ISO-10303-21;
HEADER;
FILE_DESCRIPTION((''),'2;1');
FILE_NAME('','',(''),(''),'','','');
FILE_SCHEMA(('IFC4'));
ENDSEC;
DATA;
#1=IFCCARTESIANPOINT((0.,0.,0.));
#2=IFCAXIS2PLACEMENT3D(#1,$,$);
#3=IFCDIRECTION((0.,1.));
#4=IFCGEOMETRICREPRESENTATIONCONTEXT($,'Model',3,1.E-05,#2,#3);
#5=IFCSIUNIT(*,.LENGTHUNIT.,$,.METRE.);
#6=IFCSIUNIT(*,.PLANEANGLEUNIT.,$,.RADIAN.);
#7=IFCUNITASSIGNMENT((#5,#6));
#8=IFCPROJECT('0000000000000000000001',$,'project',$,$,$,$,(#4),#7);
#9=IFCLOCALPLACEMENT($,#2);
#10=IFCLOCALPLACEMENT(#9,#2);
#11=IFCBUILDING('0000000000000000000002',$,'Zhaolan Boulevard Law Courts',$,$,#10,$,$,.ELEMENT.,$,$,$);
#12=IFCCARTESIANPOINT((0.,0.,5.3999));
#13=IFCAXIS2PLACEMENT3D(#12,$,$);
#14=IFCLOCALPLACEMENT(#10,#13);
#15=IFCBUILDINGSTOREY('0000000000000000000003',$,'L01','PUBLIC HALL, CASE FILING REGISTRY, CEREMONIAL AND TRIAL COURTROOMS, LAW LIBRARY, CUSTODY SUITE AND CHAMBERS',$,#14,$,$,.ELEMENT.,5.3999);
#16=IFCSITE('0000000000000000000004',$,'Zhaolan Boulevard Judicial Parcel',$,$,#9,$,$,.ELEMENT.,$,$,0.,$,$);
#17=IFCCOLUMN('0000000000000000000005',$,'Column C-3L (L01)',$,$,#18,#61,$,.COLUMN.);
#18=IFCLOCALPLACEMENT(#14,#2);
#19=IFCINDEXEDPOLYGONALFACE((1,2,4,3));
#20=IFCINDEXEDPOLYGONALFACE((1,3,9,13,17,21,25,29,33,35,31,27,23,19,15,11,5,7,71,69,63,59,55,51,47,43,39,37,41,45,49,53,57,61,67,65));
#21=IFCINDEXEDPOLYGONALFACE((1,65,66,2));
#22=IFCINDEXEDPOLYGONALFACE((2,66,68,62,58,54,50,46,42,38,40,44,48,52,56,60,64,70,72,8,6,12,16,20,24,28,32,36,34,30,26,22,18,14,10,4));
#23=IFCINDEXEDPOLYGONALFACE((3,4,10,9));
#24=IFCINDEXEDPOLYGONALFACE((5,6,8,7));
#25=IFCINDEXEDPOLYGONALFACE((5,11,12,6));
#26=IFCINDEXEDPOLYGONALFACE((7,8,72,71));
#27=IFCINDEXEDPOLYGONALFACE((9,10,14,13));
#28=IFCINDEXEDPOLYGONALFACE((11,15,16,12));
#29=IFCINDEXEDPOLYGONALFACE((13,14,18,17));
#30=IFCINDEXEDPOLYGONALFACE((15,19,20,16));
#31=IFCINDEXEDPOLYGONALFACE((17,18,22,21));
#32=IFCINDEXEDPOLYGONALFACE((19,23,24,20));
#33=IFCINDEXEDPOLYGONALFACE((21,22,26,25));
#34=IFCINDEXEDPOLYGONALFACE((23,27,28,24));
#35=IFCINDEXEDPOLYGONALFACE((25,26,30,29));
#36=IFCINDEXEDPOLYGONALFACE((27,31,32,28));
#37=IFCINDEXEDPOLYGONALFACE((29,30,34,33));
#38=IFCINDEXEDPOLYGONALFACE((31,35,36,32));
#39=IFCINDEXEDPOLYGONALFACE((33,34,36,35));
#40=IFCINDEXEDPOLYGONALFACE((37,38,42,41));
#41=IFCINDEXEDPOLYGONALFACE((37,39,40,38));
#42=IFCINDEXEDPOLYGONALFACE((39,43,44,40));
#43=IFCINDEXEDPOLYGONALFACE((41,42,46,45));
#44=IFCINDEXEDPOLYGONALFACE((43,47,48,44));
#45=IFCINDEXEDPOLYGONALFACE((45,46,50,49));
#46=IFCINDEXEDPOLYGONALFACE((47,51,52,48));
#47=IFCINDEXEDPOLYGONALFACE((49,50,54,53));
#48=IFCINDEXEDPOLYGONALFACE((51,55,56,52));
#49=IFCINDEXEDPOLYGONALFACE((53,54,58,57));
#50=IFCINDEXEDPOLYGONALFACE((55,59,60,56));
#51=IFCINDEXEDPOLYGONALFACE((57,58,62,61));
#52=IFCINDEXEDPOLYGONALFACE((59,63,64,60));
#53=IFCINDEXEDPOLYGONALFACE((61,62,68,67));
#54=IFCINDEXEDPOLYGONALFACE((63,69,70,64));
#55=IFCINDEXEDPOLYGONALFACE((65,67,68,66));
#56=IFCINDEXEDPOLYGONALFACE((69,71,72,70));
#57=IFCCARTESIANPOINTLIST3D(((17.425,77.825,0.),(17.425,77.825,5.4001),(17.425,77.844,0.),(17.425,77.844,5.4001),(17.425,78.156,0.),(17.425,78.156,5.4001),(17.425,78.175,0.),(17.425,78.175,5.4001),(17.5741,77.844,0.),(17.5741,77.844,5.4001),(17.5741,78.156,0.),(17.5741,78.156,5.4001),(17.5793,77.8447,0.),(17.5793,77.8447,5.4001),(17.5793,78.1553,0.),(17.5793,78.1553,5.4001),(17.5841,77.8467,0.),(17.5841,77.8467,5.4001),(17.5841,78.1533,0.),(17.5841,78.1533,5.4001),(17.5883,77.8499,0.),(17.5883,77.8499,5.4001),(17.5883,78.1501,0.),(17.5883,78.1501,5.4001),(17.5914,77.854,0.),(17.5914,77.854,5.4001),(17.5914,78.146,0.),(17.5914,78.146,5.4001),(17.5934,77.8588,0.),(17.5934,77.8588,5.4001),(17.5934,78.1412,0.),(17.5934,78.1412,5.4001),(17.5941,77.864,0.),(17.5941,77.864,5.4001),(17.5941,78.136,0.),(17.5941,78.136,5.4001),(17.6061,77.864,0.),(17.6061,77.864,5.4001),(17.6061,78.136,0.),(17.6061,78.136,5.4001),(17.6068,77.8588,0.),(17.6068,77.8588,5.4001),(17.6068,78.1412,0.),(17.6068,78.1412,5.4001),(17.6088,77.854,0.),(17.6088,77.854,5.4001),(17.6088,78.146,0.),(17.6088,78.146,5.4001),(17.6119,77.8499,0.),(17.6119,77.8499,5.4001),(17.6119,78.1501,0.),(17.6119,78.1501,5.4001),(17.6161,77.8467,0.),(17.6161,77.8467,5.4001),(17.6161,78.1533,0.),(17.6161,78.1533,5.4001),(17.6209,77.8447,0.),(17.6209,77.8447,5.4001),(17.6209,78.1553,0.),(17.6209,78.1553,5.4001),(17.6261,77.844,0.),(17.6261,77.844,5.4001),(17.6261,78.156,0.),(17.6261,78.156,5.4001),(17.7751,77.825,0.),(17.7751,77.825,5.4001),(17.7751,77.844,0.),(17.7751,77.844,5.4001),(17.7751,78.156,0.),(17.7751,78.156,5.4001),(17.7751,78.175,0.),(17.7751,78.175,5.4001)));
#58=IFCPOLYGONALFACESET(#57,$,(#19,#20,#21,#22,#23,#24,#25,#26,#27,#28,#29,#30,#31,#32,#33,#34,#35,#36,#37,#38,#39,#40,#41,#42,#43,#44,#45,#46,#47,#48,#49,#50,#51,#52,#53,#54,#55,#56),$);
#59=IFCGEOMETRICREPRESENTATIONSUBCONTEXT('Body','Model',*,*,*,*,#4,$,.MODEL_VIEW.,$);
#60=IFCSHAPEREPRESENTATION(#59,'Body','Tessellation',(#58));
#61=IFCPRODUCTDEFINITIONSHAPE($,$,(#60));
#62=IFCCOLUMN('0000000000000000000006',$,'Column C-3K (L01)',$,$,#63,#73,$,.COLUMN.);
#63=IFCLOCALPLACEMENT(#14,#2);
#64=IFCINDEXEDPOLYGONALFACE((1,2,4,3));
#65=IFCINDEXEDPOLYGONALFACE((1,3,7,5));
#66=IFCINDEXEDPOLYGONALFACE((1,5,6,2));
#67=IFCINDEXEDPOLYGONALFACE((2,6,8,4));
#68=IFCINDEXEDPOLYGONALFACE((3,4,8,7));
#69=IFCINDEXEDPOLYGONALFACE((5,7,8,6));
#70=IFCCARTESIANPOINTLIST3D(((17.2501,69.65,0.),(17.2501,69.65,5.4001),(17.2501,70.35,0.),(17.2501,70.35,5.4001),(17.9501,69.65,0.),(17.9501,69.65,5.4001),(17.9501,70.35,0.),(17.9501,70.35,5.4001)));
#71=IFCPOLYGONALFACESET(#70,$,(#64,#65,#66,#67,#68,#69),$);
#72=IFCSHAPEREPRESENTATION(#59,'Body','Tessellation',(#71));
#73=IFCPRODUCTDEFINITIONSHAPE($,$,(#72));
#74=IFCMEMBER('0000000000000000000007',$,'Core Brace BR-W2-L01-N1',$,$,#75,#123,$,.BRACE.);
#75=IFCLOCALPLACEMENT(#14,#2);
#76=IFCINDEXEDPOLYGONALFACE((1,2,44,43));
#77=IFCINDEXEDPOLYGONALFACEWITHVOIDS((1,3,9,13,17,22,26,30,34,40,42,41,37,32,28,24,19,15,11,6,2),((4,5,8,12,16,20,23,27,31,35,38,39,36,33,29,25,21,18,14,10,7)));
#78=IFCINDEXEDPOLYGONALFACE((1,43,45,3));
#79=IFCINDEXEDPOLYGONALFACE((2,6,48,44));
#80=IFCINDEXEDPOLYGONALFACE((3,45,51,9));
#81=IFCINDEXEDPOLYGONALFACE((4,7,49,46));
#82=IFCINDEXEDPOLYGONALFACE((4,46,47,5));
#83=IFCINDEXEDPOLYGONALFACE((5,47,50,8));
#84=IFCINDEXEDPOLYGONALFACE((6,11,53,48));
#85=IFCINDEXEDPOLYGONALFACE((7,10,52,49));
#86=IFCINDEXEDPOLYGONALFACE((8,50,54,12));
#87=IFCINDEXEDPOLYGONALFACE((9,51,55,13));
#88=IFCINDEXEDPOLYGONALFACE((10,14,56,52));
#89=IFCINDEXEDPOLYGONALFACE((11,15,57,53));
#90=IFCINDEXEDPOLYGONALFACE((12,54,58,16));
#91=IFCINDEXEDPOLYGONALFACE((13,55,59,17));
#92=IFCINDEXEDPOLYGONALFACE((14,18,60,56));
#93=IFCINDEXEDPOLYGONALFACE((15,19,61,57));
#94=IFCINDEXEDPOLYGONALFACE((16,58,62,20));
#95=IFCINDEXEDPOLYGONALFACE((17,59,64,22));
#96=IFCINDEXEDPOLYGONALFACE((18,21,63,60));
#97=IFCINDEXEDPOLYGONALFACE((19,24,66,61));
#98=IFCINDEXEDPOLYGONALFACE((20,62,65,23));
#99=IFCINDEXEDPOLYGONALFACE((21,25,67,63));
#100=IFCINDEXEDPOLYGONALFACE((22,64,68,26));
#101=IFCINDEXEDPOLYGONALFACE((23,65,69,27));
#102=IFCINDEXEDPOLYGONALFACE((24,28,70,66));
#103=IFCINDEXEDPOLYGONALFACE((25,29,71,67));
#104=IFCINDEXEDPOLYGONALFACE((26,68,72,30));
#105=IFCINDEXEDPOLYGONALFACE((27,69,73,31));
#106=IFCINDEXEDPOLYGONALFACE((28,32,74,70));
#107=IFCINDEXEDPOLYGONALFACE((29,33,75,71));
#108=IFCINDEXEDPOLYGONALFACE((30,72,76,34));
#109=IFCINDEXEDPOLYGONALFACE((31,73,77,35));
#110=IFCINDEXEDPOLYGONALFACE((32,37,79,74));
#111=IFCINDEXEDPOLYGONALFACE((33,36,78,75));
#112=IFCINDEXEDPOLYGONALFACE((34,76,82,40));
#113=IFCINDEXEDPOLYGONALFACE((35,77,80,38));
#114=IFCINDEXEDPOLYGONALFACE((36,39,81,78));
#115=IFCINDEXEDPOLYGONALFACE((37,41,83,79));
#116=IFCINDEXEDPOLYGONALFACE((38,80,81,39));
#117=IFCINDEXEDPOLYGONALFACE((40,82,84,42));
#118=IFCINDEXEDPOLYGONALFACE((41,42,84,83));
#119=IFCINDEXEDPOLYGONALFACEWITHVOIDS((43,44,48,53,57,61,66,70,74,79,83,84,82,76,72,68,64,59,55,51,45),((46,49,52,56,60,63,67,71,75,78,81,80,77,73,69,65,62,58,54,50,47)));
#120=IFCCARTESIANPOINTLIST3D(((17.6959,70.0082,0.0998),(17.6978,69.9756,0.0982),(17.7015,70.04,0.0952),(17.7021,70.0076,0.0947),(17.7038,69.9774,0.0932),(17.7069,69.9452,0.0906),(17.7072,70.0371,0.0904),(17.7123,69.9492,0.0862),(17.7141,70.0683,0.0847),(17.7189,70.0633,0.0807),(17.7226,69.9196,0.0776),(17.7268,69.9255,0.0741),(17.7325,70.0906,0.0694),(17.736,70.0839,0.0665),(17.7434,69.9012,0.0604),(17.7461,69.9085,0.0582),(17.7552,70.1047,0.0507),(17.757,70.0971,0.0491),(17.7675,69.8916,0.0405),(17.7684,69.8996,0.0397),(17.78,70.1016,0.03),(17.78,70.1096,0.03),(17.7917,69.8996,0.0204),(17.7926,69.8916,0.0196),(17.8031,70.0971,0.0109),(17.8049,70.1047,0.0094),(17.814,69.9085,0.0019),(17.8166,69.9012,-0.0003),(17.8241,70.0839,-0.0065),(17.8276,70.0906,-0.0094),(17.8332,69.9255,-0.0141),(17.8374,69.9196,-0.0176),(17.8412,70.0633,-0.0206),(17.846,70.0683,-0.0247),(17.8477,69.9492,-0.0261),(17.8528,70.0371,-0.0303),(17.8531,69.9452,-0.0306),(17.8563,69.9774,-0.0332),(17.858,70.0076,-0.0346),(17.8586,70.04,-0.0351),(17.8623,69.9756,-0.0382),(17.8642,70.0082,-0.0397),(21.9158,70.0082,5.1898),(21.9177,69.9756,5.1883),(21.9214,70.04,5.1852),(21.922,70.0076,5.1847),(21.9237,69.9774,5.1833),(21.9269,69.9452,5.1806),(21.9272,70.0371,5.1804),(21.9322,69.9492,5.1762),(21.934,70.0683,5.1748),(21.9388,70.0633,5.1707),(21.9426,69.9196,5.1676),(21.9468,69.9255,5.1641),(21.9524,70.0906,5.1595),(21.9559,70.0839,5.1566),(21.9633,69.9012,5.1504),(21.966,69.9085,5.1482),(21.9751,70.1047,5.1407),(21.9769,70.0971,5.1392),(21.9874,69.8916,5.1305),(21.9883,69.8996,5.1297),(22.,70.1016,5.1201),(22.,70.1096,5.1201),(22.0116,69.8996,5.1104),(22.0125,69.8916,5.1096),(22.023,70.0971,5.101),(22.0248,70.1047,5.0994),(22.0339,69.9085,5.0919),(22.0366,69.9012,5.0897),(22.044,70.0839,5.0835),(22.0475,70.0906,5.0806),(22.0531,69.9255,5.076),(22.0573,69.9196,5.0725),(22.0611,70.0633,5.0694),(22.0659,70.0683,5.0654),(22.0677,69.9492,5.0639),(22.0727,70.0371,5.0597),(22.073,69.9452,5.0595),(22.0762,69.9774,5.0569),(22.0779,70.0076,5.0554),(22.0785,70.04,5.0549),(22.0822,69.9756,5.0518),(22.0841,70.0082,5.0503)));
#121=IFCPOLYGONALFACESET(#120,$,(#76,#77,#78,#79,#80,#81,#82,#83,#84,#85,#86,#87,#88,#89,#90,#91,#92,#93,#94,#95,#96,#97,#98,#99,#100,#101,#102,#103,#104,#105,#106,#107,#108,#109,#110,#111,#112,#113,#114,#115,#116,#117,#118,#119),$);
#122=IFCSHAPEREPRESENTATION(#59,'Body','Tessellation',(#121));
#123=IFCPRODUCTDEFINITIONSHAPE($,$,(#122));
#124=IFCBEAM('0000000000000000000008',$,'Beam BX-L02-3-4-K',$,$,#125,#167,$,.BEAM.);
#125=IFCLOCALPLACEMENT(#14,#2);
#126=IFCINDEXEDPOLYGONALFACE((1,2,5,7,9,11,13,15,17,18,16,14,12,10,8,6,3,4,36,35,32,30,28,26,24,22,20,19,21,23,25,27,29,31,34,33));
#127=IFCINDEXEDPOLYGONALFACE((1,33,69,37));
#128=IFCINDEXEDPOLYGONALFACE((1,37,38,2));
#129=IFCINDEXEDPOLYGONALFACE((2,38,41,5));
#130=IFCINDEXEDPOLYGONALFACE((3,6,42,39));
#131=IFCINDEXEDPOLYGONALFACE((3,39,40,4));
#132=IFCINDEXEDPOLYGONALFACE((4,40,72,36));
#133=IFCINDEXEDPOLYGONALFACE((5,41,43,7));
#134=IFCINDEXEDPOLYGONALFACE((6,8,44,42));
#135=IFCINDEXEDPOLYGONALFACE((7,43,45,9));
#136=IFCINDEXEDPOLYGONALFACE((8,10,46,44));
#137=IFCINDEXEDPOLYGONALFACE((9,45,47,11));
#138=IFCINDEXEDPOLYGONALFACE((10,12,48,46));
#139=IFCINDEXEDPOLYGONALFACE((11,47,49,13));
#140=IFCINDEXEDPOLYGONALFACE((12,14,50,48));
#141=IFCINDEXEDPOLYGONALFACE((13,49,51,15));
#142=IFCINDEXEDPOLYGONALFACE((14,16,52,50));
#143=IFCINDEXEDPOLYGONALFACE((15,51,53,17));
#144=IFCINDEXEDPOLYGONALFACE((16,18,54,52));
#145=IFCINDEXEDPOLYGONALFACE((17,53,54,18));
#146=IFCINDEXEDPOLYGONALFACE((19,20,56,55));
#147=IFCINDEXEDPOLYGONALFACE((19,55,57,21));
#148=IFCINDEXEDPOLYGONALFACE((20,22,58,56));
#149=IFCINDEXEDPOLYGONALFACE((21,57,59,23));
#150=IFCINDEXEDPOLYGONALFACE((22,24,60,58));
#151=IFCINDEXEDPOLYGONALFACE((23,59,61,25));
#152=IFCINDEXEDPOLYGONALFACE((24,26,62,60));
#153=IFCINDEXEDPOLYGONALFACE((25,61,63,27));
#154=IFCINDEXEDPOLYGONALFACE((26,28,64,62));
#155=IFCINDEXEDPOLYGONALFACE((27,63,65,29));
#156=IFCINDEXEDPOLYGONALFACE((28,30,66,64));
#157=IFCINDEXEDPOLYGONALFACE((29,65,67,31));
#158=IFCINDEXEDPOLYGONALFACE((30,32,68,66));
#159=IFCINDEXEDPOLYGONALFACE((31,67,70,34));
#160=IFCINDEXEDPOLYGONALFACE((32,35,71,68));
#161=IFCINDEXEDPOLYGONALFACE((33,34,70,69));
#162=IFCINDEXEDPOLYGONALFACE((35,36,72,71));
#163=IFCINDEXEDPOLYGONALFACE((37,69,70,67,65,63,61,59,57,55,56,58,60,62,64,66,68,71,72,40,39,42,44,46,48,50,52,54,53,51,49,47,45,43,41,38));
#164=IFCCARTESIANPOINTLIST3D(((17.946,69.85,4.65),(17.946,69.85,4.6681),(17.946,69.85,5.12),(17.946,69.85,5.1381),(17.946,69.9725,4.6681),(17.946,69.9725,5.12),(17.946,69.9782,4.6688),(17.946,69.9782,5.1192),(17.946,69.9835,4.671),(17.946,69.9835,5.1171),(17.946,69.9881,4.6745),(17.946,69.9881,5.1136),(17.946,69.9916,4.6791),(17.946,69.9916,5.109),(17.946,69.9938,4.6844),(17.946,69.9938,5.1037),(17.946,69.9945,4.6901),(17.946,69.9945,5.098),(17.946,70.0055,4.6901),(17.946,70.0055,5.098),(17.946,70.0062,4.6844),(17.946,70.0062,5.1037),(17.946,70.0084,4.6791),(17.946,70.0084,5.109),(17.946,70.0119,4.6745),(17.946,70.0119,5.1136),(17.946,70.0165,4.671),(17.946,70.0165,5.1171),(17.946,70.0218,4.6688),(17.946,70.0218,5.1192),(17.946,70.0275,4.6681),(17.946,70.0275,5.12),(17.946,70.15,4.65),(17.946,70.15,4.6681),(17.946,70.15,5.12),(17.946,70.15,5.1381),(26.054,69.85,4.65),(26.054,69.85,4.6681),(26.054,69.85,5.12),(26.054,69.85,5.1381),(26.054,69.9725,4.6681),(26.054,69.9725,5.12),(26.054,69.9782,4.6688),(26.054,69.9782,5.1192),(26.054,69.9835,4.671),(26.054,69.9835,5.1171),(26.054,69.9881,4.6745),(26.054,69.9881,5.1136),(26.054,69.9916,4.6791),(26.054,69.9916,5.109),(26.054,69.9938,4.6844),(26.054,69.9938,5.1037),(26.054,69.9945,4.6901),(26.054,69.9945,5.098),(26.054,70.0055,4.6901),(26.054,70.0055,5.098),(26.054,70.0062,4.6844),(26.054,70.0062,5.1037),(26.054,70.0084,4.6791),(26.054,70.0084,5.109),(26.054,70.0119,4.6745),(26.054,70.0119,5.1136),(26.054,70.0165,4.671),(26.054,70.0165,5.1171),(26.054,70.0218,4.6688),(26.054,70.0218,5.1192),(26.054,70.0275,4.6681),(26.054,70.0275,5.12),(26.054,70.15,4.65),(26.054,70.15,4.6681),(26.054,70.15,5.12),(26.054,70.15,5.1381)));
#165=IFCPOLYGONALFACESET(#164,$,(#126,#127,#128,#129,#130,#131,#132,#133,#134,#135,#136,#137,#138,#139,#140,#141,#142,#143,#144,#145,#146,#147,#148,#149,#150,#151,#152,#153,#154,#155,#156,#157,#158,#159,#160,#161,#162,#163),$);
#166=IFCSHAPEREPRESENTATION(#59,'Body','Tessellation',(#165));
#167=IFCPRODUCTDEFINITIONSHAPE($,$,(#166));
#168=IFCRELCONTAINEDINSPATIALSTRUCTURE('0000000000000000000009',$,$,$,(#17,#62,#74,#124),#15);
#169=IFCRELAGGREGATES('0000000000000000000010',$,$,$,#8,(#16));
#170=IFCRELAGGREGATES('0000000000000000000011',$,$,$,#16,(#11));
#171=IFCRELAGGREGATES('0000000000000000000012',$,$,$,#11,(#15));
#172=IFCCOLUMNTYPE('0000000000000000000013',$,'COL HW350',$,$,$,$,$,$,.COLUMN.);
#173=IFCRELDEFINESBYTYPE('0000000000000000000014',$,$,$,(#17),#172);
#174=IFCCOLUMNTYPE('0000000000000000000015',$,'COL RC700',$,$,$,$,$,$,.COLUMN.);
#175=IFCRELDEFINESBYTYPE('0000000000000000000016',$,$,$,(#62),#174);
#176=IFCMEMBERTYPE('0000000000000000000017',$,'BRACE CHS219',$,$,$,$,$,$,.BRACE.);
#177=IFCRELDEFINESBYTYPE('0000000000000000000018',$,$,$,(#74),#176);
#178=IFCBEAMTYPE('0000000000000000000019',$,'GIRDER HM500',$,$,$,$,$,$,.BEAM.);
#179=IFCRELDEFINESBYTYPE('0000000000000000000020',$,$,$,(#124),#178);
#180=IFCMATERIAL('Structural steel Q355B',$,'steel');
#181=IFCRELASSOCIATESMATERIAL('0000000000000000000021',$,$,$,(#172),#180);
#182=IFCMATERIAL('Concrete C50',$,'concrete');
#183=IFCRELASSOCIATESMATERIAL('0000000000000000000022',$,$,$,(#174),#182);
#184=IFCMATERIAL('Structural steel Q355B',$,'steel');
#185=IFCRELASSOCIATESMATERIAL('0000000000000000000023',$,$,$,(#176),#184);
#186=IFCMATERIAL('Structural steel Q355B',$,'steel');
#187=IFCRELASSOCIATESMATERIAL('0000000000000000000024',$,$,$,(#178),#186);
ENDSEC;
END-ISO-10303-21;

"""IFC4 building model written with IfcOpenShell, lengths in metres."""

from ifc_helpers import new_model, si_unit, direction, frame, origin, origin_2d, place, context, subcontext, project, spatial, rectangle, hollow_circle, i_section, extrude, material, material_profile, profile_set, type_object, element, save


model = new_model("IFC4")

# Units and contexts
model_context = context("Model", 3, precision=1e-05, world=origin(), true_north=direction((0.0, 1.0)))
body_context = subcontext(model_context, "Body", "Model", "MODEL_VIEW")
ifc_project = project(units=[si_unit("LENGTHUNIT", "METRE"), si_unit("PLANEANGLEUNIT", "RADIAN")], contexts=[model_context])

# Site, building, storey
site_placement = place(None, origin())
site = spatial("IfcSite", under=ifc_project, at=site_placement, Name="Zhaolan Boulevard Judicial Parcel", CompositionType="ELEMENT", RefElevation=0.0)
building_placement = place(site_placement, origin())
building = spatial("IfcBuilding", under=site, at=building_placement, Name="Zhaolan Boulevard Law Courts", CompositionType="ELEMENT")
storey_placement = place(building_placement, frame((0.0, 0.0, 5.3999)))
storey = spatial("IfcBuildingStorey", under=building, at=storey_placement, Name="L01", Description="PUBLIC HALL, CASE FILING REGISTRY, CEREMONIAL AND TRIAL COURTROOMS, LAW LIBRARY, CUSTODY SUITE AND CHAMBERS", CompositionType="ELEMENT", Elevation=5.3999)

# Columns
ifc_material_1 = material(Name="Structural steel Q355B", Category="steel")
ifc_material_profile_1 = material_profile(ifc_material_1, i_section(OverallWidth=0.3501, OverallDepth=0.3501, WebThickness=0.012, FlangeThickness=0.019, FilletRadius=0.02, at=origin_2d()), Name="HW350x350")
ifc_profile_set_1 = profile_set([ifc_material_profile_1], Name="Structural steel Q355B")
column_type_1 = type_object("IfcColumnType", Name="COL HW350", PredefinedType="COLUMN", material=ifc_profile_set_1)
column_1_placement = place(storey_placement, frame((17.6001, 78.0, 0.0), z_axis=(0.0, 0.0, 1.0), x_axis=(1.0, 0.0, 0.0)))
element("IfcColumn", 1, at=column_1_placement, inside=storey, type_object=column_type_1, Name="Column C-3L (L01)", PredefinedType="COLUMN", context=body_context, shape_type="SweptSolid", body=[
    extrude(i_section(OverallWidth=0.3501, OverallDepth=0.3501, WebThickness=0.012, FlangeThickness=0.019, FilletRadius=0.02, at=origin_2d()), origin(), (0.0, 0.0, 1.0), 5.4001),
])
ifc_material_2 = material(Name="Concrete C50", Category="concrete")
ifc_material_profile_2 = material_profile(ifc_material_2, rectangle(XDim=0.7, YDim=0.7, at=origin_2d()), Name="RC700x700")
ifc_profile_set_2 = profile_set([ifc_material_profile_2], Name="Concrete C50")
column_type_2 = type_object("IfcColumnType", Name="COL RC700", PredefinedType="COLUMN", material=ifc_profile_set_2)
column_2_placement = place(storey_placement, frame((17.6001, 70.0, 0.0), z_axis=(0.0, 0.0, 1.0), x_axis=(1.0, 0.0, 0.0)))
element("IfcColumn", 2, at=column_2_placement, inside=storey, type_object=column_type_2, Name="Column C-3K (L01)", PredefinedType="COLUMN", context=body_context, shape_type="SweptSolid", body=[
    extrude(rectangle(XDim=0.7, YDim=0.7, at=origin_2d()), origin(), (0.0, 0.0, 1.0), 5.4001),
])

# Member
ifc_material_3 = material(Name="Structural steel Q355B", Category="steel")
ifc_material_profile_3 = material_profile(ifc_material_3, hollow_circle(Radius=0.1096, WallThickness=0.0081, at=origin_2d()), Name="CHS219x8")
ifc_profile_set_3 = profile_set([ifc_material_profile_3], Name="Structural steel Q355B")
member_type = type_object("IfcMemberType", Name="BRACE CHS219", PredefinedType="BRACE", material=ifc_profile_set_3)
member_placement = place(storey_placement, frame((17.78, 70.0, 0.03), z_axis=(0.638239, 0.0, 0.769838), x_axis=(0.0, 1.0, 0.0)))
element("IfcMember", 3, at=member_placement, inside=storey, type_object=member_type, Name="Core Brace BR-W2-L01-N1", PredefinedType="BRACE", context=body_context, shape_type="SweptSolid", body=[
    extrude(hollow_circle(Radius=0.1096, WallThickness=0.0081, at=origin_2d()), origin(), (0.0, 0.0, 1.0), 6.6118),
])

# Beam
ifc_material_4 = material(Name="Structural steel Q355B", Category="steel")
ifc_material_profile_4 = material_profile(ifc_material_4, i_section(OverallWidth=0.3, OverallDepth=0.488, WebThickness=0.011, FlangeThickness=0.0181, FilletRadius=0.022, at=origin_2d()), Name="HM488x300")
ifc_profile_set_4 = profile_set([ifc_material_profile_4], Name="Structural steel Q355B")
beam_type_1 = type_object("IfcBeamType", Name="GIRDER HM500", PredefinedType="BEAM", material=ifc_profile_set_4)
beam_1_placement = place(storey_placement, frame((17.946, 70.0, 4.894), z_axis=(1.0, 0.0, 0.0), x_axis=(0.0, 1.0, 0.0)))
element("IfcBeam", 4, at=beam_1_placement, inside=storey, type_object=beam_type_1, Name="Beam BX-L02-3-4-K", PredefinedType="BEAM", context=body_context, shape_type="SweptSolid", body=[
    extrude(i_section(OverallWidth=0.3, OverallDepth=0.488, WebThickness=0.011, FlangeThickness=0.0181, FilletRadius=0.022, at=origin_2d()), origin(), (0.0, 0.0, 1.0), 8.1079),
])

save(model, "model.ifc")
